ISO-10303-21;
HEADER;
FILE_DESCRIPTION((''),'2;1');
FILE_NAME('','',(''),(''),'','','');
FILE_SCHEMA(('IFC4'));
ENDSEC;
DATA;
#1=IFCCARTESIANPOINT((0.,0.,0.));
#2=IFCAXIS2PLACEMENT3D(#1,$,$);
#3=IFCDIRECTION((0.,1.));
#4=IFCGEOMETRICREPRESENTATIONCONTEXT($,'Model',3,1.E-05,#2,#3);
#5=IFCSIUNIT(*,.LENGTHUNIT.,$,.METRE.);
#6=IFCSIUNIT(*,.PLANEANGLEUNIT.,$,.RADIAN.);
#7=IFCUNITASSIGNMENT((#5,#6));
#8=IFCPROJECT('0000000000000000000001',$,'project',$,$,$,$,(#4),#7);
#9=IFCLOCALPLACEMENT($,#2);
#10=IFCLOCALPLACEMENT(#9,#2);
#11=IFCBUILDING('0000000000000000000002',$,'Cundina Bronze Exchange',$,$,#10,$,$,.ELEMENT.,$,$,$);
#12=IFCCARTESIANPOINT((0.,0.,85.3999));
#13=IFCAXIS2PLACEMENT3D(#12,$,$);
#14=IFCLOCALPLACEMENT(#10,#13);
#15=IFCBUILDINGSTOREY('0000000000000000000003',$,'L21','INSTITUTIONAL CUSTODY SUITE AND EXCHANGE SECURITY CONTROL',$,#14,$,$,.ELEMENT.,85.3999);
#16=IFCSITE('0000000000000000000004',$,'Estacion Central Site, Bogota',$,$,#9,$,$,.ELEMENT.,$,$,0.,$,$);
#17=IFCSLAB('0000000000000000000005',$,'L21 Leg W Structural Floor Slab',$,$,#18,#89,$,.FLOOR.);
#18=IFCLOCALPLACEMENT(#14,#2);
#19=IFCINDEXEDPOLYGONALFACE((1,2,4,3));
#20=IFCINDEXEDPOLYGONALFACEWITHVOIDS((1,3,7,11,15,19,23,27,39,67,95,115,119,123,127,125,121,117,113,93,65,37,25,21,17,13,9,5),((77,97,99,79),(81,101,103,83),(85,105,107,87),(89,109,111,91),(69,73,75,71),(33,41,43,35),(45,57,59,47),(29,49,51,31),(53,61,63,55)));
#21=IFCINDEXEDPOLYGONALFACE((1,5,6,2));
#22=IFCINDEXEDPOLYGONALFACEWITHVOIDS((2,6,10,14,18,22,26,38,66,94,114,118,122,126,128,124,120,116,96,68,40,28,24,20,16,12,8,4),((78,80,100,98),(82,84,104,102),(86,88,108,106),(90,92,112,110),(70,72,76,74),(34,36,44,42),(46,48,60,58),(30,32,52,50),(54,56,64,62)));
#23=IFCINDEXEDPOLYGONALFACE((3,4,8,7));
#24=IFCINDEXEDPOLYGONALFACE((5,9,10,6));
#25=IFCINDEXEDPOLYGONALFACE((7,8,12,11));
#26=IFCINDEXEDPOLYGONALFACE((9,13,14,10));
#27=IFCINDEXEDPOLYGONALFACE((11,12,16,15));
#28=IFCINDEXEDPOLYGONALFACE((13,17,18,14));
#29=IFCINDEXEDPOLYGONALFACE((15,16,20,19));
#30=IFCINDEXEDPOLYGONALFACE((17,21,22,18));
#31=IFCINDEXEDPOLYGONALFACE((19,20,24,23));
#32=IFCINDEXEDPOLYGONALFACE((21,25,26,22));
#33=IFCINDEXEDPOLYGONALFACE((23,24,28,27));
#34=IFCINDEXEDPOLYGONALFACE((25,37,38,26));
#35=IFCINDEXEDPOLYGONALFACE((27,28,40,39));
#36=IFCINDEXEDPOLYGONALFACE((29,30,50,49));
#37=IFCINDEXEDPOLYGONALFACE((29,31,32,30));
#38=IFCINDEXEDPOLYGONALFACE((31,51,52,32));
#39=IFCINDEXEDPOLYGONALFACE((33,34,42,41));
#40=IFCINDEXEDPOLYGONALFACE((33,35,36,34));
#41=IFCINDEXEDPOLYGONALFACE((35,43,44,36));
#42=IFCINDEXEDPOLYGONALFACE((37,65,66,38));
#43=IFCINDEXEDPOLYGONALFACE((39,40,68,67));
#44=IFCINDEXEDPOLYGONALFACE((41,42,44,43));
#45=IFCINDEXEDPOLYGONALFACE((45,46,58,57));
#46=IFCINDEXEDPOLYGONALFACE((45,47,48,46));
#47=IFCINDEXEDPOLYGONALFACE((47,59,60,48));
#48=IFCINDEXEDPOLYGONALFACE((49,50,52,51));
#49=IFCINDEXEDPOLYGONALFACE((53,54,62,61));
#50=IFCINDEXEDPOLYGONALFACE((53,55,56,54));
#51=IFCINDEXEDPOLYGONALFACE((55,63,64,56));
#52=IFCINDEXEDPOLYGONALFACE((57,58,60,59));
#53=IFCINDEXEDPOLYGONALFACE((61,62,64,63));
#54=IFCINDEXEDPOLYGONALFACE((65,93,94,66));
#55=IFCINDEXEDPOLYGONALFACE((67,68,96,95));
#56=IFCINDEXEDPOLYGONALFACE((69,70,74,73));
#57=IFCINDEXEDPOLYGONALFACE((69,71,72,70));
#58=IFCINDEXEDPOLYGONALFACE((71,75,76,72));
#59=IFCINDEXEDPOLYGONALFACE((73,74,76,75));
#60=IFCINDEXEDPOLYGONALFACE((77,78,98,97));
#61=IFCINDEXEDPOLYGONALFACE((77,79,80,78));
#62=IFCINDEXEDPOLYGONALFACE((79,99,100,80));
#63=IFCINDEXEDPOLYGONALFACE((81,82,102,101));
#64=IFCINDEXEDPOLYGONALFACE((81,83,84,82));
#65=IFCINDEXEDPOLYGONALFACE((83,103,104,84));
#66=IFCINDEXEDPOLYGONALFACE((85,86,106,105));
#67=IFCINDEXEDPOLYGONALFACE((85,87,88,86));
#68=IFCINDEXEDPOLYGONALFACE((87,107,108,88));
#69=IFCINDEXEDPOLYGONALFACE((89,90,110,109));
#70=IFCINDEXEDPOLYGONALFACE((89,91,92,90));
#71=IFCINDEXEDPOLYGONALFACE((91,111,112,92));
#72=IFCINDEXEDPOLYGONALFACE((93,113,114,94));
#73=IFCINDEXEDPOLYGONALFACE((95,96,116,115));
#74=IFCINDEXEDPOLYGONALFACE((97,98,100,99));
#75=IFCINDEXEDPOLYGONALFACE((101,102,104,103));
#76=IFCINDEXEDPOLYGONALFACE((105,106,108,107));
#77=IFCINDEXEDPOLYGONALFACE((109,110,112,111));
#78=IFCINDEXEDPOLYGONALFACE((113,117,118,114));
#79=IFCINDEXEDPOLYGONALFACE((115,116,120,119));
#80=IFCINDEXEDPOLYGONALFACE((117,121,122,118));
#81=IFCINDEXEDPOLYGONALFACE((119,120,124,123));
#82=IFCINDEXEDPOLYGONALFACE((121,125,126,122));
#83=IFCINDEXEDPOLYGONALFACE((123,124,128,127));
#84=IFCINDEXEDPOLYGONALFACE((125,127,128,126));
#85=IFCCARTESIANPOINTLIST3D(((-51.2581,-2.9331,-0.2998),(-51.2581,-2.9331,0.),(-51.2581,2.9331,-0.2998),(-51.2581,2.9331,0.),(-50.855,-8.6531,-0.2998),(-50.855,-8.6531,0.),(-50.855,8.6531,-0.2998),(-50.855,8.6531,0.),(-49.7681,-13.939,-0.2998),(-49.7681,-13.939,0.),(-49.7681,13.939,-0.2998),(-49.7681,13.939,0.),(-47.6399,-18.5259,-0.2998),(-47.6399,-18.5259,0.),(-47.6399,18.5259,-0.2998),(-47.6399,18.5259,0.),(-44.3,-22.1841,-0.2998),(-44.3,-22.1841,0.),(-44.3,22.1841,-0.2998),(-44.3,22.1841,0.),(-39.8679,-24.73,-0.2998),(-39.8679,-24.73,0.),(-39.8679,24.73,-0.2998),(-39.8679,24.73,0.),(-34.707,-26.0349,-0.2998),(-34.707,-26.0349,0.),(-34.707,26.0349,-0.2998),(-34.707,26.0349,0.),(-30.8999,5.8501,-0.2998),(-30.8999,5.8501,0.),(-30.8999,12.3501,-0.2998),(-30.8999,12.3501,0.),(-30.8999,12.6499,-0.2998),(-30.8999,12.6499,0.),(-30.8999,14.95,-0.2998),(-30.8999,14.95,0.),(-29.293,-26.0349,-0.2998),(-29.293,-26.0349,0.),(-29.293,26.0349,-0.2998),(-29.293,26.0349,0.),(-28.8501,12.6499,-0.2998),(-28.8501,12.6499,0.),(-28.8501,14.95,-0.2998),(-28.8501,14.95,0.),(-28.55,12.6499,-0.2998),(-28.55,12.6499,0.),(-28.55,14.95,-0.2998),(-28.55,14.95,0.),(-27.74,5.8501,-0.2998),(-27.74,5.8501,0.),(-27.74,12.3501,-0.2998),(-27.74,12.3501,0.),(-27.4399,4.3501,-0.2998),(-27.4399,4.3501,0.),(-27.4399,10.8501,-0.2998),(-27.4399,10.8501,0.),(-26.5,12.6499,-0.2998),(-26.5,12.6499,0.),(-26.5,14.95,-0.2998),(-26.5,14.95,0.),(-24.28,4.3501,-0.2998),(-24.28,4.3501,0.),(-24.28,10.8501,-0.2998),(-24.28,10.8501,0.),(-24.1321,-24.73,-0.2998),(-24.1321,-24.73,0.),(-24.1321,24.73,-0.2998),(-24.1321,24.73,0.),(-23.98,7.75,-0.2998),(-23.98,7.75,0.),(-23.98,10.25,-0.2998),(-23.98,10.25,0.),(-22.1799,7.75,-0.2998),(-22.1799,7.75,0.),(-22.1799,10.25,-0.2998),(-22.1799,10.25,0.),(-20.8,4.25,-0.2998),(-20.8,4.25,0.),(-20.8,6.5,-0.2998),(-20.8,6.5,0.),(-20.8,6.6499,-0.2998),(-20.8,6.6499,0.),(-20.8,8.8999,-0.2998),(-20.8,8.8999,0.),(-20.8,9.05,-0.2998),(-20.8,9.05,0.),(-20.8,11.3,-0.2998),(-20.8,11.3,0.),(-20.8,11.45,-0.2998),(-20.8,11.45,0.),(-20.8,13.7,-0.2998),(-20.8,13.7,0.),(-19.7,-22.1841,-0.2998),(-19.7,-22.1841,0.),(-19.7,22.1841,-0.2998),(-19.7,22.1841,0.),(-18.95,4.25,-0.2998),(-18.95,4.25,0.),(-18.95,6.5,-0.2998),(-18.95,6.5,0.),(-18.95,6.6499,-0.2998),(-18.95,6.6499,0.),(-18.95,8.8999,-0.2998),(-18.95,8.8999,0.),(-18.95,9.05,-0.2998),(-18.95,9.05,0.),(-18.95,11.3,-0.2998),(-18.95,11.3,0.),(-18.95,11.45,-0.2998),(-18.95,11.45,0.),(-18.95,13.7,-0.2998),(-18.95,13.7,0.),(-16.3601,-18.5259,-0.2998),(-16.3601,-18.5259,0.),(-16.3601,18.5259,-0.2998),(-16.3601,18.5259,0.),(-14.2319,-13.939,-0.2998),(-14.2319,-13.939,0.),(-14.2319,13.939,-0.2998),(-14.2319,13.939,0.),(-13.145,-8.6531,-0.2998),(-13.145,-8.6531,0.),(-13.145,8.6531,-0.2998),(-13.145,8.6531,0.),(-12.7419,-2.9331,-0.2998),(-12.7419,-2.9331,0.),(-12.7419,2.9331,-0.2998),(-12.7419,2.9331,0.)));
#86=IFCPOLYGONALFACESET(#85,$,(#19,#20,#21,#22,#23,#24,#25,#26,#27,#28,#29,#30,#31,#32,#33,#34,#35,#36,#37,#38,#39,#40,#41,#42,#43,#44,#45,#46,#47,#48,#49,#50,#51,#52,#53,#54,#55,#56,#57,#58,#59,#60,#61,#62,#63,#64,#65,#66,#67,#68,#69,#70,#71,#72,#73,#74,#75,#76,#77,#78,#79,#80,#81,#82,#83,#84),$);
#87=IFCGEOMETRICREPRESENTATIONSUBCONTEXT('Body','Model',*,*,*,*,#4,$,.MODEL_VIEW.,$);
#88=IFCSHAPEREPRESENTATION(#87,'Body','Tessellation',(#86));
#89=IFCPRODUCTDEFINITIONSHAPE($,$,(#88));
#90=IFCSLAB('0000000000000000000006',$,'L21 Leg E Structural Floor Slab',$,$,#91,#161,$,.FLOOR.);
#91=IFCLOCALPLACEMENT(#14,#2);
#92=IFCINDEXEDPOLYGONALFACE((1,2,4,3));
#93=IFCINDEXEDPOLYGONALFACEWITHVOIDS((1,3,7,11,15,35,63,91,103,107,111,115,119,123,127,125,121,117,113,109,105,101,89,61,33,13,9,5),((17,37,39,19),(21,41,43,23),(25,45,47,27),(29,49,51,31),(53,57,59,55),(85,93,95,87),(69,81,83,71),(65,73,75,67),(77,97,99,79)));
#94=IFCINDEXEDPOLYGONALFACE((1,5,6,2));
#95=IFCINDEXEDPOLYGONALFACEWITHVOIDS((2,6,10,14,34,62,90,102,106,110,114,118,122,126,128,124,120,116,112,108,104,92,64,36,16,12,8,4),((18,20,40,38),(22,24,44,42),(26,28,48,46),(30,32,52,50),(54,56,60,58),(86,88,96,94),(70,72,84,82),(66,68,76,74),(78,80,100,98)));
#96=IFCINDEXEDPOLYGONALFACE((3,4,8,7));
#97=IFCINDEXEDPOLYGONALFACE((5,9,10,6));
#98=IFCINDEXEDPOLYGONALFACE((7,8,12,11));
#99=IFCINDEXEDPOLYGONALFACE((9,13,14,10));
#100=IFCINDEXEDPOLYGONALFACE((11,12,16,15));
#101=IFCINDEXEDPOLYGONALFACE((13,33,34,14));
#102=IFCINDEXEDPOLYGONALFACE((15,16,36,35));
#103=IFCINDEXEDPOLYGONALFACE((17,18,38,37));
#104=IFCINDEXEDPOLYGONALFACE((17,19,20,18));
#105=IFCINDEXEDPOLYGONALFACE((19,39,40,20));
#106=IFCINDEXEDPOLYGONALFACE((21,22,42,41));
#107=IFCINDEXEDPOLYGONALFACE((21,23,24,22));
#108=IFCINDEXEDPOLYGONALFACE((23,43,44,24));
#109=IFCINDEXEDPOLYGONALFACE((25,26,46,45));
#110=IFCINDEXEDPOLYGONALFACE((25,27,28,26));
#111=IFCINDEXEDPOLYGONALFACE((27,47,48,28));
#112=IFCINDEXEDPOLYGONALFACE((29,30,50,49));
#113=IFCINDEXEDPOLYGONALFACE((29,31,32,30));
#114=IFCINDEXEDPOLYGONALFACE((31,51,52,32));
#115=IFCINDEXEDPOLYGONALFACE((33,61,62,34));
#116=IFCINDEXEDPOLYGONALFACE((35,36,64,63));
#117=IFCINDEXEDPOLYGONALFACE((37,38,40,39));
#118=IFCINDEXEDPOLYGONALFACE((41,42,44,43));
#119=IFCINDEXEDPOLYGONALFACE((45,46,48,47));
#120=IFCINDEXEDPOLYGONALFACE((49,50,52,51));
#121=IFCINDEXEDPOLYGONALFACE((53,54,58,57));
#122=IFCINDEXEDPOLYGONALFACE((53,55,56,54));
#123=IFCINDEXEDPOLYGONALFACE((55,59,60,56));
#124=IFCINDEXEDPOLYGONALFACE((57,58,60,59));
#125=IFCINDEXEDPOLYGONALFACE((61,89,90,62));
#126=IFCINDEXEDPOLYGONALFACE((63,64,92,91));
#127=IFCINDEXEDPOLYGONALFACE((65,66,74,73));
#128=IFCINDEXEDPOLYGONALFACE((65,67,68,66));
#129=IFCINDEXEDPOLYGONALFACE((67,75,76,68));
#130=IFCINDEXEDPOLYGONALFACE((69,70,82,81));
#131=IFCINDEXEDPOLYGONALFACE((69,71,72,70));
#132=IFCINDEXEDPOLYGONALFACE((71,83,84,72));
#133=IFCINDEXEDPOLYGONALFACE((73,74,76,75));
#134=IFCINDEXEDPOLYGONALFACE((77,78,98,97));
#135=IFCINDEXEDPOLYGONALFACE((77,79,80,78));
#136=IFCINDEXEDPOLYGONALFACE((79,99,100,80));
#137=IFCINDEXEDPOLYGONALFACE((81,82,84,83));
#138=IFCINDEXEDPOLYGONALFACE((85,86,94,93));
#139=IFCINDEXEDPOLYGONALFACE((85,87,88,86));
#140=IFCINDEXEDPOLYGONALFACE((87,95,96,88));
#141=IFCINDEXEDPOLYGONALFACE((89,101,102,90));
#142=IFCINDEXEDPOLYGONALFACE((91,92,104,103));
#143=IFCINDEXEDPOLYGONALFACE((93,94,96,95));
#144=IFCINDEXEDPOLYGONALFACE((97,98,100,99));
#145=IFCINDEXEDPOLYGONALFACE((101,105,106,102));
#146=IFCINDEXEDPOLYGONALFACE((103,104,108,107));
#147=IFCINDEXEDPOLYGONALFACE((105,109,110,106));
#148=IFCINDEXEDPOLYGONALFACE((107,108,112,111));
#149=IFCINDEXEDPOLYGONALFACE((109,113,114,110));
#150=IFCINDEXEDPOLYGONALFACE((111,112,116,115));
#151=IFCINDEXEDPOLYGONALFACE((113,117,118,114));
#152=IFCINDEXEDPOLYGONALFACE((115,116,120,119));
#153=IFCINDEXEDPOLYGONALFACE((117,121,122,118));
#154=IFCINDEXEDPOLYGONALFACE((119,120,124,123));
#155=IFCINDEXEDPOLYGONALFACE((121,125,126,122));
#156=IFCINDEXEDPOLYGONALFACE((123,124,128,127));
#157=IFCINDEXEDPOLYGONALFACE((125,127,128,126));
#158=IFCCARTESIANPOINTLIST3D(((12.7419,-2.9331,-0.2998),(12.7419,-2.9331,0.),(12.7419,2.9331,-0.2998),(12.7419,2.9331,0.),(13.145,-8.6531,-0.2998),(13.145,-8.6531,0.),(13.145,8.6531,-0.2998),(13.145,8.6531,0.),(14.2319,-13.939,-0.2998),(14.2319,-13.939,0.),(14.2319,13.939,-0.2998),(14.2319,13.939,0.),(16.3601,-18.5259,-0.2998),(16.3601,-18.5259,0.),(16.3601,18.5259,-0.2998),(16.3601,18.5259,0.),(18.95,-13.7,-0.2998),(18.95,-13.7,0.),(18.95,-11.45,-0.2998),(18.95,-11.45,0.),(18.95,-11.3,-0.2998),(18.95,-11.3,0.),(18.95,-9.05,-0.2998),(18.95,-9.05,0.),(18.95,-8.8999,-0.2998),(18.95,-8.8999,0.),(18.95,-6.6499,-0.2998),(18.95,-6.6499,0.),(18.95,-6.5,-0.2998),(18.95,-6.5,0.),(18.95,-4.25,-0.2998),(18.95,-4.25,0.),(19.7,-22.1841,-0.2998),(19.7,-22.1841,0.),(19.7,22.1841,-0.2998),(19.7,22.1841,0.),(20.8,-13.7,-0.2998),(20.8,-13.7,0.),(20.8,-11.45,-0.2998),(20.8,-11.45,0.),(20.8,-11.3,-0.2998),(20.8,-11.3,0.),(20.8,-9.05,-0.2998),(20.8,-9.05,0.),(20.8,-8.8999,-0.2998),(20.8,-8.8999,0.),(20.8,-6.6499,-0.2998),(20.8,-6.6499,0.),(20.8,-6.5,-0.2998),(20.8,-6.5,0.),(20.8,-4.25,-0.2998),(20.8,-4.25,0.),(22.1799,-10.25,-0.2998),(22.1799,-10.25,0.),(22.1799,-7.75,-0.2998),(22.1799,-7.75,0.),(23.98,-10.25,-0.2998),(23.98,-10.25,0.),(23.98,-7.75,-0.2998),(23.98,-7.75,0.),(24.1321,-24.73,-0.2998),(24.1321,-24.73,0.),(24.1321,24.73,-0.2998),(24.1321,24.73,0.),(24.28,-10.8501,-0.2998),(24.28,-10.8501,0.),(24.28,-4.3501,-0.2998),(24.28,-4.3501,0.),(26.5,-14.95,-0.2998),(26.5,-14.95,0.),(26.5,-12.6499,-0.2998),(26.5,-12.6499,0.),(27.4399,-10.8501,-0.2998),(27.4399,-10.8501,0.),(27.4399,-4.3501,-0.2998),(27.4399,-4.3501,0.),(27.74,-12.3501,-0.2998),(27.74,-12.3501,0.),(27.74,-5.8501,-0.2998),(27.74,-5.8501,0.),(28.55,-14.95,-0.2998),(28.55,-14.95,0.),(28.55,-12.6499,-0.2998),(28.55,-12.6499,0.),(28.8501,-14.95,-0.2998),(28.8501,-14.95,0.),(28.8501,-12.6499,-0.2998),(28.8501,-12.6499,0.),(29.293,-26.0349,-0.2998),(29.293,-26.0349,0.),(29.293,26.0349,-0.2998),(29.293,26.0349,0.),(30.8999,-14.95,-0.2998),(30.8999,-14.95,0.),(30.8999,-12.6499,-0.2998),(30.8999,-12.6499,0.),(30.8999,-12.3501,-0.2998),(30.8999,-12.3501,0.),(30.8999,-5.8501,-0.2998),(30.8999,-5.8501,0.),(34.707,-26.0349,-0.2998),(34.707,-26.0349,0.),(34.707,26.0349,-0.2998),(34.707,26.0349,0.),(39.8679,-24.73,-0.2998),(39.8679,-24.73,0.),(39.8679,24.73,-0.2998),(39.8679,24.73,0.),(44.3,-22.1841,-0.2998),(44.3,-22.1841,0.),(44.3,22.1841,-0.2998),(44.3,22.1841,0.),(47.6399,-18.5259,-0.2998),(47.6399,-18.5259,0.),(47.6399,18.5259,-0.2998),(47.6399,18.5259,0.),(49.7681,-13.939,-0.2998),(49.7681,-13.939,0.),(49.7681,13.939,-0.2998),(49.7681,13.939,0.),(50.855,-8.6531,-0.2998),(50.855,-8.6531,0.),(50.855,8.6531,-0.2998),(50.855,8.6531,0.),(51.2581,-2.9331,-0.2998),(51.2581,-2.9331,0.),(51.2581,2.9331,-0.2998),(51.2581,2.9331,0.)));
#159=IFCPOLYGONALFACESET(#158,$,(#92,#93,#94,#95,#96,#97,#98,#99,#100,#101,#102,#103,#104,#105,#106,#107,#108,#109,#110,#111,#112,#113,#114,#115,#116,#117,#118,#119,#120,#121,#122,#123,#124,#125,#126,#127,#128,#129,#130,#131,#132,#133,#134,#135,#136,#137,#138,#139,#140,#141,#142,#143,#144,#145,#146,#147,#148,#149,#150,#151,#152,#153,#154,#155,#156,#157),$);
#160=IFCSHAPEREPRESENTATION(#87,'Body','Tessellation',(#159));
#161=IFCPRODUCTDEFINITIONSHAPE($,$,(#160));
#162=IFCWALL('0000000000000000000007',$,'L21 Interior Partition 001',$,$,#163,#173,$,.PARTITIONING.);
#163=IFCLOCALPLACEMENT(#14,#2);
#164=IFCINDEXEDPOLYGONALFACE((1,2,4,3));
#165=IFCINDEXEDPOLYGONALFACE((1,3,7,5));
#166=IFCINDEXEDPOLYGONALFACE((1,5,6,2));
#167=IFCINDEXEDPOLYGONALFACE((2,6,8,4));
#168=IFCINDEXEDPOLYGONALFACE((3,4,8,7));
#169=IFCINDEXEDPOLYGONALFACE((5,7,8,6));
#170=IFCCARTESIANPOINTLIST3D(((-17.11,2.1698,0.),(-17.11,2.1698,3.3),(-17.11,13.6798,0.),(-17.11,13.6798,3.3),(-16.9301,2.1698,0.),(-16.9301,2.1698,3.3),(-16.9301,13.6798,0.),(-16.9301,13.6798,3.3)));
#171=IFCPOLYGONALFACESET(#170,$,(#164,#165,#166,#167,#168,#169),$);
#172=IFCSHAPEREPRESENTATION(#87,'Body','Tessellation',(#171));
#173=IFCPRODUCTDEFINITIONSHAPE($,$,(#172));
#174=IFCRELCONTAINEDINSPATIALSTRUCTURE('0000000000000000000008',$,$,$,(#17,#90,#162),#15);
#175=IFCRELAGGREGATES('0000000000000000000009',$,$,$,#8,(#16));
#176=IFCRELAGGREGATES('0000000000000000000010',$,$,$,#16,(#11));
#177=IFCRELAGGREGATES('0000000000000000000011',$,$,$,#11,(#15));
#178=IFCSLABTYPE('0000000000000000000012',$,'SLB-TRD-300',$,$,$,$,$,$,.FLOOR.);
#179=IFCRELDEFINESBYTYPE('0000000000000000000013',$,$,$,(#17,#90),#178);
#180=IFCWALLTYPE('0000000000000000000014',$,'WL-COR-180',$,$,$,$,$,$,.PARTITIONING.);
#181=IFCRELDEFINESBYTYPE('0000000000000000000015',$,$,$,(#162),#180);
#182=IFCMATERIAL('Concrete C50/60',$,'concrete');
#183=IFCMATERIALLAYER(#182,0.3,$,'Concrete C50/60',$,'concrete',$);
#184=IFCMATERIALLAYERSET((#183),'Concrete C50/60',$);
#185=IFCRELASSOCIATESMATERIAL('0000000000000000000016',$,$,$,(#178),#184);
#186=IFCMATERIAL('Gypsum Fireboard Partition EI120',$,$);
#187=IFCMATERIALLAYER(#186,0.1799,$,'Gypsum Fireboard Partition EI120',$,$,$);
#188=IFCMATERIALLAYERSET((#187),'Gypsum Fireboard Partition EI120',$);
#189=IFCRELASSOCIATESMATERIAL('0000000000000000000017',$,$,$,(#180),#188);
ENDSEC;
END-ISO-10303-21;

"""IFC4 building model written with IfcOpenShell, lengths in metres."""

from ifc_helpers import new_model, si_unit, direction, frame, frame_2d, origin, place, context, subcontext, project, spatial, polyline, rectangle, outline, extrude, material, layer, layer_set, type_object, element, save


model = new_model("IFC4")

# Units and contexts
model_context = context("Model", 3, precision=1e-05, world=origin(), true_north=direction((0.0, 1.0)))
body_context = subcontext(model_context, "Body", "Model", "MODEL_VIEW")
ifc_project = project(units=[si_unit("LENGTHUNIT", "METRE"), si_unit("PLANEANGLEUNIT", "RADIAN")], contexts=[model_context])

# Site, building, storey
site_placement = place(None, origin())
site = spatial("IfcSite", under=ifc_project, at=site_placement, Name="Estacion Central Site, Bogota", CompositionType="ELEMENT", RefElevation=0.0)
building_placement = place(site_placement, origin())
building = spatial("IfcBuilding", under=site, at=building_placement, Name="Cundina Bronze Exchange", CompositionType="ELEMENT")
storey_placement = place(building_placement, frame((0.0, 0.0, 85.3999)))
storey = spatial("IfcBuildingStorey", under=building, at=storey_placement, Name="L21", Description="INSTITUTIONAL CUSTODY SUITE AND EXCHANGE SECURITY CONTROL", CompositionType="ELEMENT", Elevation=85.3999)

# Slabs
ifc_material_1 = material(Name="Concrete C50/60", Category="concrete")
ifc_layer_1 = layer(ifc_material_1, 0.3, Name="Concrete C50/60", Category="concrete")
ifc_layer_set_1 = layer_set([ifc_layer_1], Name="Concrete C50/60")
slab_type_1 = type_object("IfcSlabType", Name="SLB-TRD-300", PredefinedType="FLOOR", material=ifc_layer_set_1)
slab_1_placement = place(storey_placement, frame((0.0, 0.0, -0.2998)))
element("IfcSlab", 1, at=slab_1_placement, inside=storey, type_object=slab_type_1, Name="L21 Leg W Structural Floor Slab", PredefinedType="FLOOR", context=body_context, shape_type="SweptSolid", body=[
    extrude(outline(polyline([(-12.7419, 2.9331), (-13.145, 8.6531), (-14.2319, 13.939), (-16.3601, 18.5259), (-19.7, 22.1841), (-24.1321, 24.73), (-29.293, 26.0349), (-34.707, 26.0349), (-39.8679, 24.73), (-44.3, 22.1841), (-47.6399, 18.5259), (-49.7681, 13.939), (-50.855, 8.6531), (-51.2581, 2.9331), (-51.2581, -2.9331), (-50.855, -8.6531), (-49.7681, -13.939), (-47.6399, -18.5259), (-44.3, -22.1841), (-39.8679, -24.73), (-34.707, -26.0349), (-29.293, -26.0349), (-24.1321, -24.73), (-19.7, -22.1841), (-16.3601, -18.5259), (-14.2319, -13.939), (-13.145, -8.6531), (-12.7419, -2.9331), (-12.7419, 2.9331)]), holes=[polyline([(-27.74, 5.8501), (-27.74, 12.3501), (-30.8999, 12.3501), (-30.8999, 5.8501), (-27.74, 5.8501)]), polyline([(-27.4399, 10.8501), (-27.4399, 4.3501), (-24.28, 4.3501), (-24.28, 10.8501), (-27.4399, 10.8501)]), polyline([(-23.98, 10.25), (-22.1799, 10.25), (-22.1799, 7.75), (-23.98, 7.75), (-23.98, 10.25)]), polyline([(-30.8999, 14.95), (-28.8501, 14.95), (-28.8501, 12.6499), (-30.8999, 12.6499), (-30.8999, 14.95)]), polyline([(-28.55, 14.95), (-26.5, 14.95), (-26.5, 12.6499), (-28.55, 12.6499), (-28.55, 14.95)]), polyline([(-20.8, 13.7), (-18.95, 13.7), (-18.95, 11.45), (-20.8, 11.45), (-20.8, 13.7)]), polyline([(-20.8, 11.3), (-18.95, 11.3), (-18.95, 9.05), (-20.8, 9.05), (-20.8, 11.3)]), polyline([(-20.8, 8.8999), (-18.95, 8.8999), (-18.95, 6.6499), (-20.8, 6.6499), (-20.8, 8.8999)]), polyline([(-20.8, 6.5), (-18.95, 6.5), (-18.95, 4.25), (-20.8, 4.25), (-20.8, 6.5)])]), origin(), (0.0, 0.0, 1.0), 0.2998),
])
slab_2_placement = place(storey_placement, frame((0.0, 0.0, -0.2998)))
element("IfcSlab", 2, at=slab_2_placement, inside=storey, type_object=slab_type_1, Name="L21 Leg E Structural Floor Slab", PredefinedType="FLOOR", context=body_context, shape_type="SweptSolid", body=[
    extrude(outline(polyline([(51.2581, 2.9331), (50.855, 8.6531), (49.7681, 13.939), (47.6399, 18.5259), (44.3, 22.1841), (39.8679, 24.73), (34.707, 26.0349), (29.293, 26.0349), (24.1321, 24.73), (19.7, 22.1841), (16.3601, 18.5259), (14.2319, 13.939), (13.145, 8.6531), (12.7419, 2.9331), (12.7419, -2.9331), (13.145, -8.6531), (14.2319, -13.939), (16.3601, -18.5259), (19.7, -22.1841), (24.1321, -24.73), (29.293, -26.0349), (34.707, -26.0349), (39.8679, -24.73), (44.3, -22.1841), (47.6399, -18.5259), (49.7681, -13.939), (50.855, -8.6531), (51.2581, -2.9331), (51.2581, 2.9331)]), holes=[polyline([(27.74, -5.8501), (27.74, -12.3501), (30.8999, -12.3501), (30.8999, -5.8501), (27.74, -5.8501)]), polyline([(27.4399, -10.8501), (27.4399, -4.3501), (24.28, -4.3501), (24.28, -10.8501), (27.4399, -10.8501)]), polyline([(22.1799, -7.75), (23.98, -7.75), (23.98, -10.25), (22.1799, -10.25), (22.1799, -7.75)]), polyline([(28.8501, -12.6499), (30.8999, -12.6499), (30.8999, -14.95), (28.8501, -14.95), (28.8501, -12.6499)]), polyline([(26.5, -12.6499), (28.55, -12.6499), (28.55, -14.95), (26.5, -14.95), (26.5, -12.6499)]), polyline([(18.95, -11.45), (20.8, -11.45), (20.8, -13.7), (18.95, -13.7), (18.95, -11.45)]), polyline([(18.95, -9.05), (20.8, -9.05), (20.8, -11.3), (18.95, -11.3), (18.95, -9.05)]), polyline([(18.95, -6.6499), (20.8, -6.6499), (20.8, -8.8999), (18.95, -8.8999), (18.95, -6.6499)]), polyline([(18.95, -4.25), (20.8, -4.25), (20.8, -6.5), (18.95, -6.5), (18.95, -4.25)])]), origin(), (0.0, 0.0, 1.0), 0.2998),
])

# Wall
ifc_material_2 = material(Name="Gypsum Fireboard Partition EI120")
ifc_layer_2 = layer(ifc_material_2, 0.1799, Name="Gypsum Fireboard Partition EI120")
ifc_layer_set_2 = layer_set([ifc_layer_2], Name="Gypsum Fireboard Partition EI120")
wall_type = type_object("IfcWallType", Name="WL-COR-180", PredefinedType="PARTITIONING", material=ifc_layer_set_2)
wall_1_placement = place(storey_placement, frame((-17.02, 2.1699, 0.0), z_axis=(0.0, 0.0, 1.0), x_axis=(0.0, 1.0, 0.0)))
element("IfcWall", 3, at=wall_1_placement, inside=storey, type_object=wall_type, Name="L21 Interior Partition 001", PredefinedType="PARTITIONING", context=body_context, shape_type="SweptSolid", body=[
    extrude(rectangle(XDim=11.51, YDim=0.1799, at=frame_2d((5.7549, 0.0))), origin(), (0.0, 0.0, 1.0), 3.3),
])

save(model, "model.ifc")
